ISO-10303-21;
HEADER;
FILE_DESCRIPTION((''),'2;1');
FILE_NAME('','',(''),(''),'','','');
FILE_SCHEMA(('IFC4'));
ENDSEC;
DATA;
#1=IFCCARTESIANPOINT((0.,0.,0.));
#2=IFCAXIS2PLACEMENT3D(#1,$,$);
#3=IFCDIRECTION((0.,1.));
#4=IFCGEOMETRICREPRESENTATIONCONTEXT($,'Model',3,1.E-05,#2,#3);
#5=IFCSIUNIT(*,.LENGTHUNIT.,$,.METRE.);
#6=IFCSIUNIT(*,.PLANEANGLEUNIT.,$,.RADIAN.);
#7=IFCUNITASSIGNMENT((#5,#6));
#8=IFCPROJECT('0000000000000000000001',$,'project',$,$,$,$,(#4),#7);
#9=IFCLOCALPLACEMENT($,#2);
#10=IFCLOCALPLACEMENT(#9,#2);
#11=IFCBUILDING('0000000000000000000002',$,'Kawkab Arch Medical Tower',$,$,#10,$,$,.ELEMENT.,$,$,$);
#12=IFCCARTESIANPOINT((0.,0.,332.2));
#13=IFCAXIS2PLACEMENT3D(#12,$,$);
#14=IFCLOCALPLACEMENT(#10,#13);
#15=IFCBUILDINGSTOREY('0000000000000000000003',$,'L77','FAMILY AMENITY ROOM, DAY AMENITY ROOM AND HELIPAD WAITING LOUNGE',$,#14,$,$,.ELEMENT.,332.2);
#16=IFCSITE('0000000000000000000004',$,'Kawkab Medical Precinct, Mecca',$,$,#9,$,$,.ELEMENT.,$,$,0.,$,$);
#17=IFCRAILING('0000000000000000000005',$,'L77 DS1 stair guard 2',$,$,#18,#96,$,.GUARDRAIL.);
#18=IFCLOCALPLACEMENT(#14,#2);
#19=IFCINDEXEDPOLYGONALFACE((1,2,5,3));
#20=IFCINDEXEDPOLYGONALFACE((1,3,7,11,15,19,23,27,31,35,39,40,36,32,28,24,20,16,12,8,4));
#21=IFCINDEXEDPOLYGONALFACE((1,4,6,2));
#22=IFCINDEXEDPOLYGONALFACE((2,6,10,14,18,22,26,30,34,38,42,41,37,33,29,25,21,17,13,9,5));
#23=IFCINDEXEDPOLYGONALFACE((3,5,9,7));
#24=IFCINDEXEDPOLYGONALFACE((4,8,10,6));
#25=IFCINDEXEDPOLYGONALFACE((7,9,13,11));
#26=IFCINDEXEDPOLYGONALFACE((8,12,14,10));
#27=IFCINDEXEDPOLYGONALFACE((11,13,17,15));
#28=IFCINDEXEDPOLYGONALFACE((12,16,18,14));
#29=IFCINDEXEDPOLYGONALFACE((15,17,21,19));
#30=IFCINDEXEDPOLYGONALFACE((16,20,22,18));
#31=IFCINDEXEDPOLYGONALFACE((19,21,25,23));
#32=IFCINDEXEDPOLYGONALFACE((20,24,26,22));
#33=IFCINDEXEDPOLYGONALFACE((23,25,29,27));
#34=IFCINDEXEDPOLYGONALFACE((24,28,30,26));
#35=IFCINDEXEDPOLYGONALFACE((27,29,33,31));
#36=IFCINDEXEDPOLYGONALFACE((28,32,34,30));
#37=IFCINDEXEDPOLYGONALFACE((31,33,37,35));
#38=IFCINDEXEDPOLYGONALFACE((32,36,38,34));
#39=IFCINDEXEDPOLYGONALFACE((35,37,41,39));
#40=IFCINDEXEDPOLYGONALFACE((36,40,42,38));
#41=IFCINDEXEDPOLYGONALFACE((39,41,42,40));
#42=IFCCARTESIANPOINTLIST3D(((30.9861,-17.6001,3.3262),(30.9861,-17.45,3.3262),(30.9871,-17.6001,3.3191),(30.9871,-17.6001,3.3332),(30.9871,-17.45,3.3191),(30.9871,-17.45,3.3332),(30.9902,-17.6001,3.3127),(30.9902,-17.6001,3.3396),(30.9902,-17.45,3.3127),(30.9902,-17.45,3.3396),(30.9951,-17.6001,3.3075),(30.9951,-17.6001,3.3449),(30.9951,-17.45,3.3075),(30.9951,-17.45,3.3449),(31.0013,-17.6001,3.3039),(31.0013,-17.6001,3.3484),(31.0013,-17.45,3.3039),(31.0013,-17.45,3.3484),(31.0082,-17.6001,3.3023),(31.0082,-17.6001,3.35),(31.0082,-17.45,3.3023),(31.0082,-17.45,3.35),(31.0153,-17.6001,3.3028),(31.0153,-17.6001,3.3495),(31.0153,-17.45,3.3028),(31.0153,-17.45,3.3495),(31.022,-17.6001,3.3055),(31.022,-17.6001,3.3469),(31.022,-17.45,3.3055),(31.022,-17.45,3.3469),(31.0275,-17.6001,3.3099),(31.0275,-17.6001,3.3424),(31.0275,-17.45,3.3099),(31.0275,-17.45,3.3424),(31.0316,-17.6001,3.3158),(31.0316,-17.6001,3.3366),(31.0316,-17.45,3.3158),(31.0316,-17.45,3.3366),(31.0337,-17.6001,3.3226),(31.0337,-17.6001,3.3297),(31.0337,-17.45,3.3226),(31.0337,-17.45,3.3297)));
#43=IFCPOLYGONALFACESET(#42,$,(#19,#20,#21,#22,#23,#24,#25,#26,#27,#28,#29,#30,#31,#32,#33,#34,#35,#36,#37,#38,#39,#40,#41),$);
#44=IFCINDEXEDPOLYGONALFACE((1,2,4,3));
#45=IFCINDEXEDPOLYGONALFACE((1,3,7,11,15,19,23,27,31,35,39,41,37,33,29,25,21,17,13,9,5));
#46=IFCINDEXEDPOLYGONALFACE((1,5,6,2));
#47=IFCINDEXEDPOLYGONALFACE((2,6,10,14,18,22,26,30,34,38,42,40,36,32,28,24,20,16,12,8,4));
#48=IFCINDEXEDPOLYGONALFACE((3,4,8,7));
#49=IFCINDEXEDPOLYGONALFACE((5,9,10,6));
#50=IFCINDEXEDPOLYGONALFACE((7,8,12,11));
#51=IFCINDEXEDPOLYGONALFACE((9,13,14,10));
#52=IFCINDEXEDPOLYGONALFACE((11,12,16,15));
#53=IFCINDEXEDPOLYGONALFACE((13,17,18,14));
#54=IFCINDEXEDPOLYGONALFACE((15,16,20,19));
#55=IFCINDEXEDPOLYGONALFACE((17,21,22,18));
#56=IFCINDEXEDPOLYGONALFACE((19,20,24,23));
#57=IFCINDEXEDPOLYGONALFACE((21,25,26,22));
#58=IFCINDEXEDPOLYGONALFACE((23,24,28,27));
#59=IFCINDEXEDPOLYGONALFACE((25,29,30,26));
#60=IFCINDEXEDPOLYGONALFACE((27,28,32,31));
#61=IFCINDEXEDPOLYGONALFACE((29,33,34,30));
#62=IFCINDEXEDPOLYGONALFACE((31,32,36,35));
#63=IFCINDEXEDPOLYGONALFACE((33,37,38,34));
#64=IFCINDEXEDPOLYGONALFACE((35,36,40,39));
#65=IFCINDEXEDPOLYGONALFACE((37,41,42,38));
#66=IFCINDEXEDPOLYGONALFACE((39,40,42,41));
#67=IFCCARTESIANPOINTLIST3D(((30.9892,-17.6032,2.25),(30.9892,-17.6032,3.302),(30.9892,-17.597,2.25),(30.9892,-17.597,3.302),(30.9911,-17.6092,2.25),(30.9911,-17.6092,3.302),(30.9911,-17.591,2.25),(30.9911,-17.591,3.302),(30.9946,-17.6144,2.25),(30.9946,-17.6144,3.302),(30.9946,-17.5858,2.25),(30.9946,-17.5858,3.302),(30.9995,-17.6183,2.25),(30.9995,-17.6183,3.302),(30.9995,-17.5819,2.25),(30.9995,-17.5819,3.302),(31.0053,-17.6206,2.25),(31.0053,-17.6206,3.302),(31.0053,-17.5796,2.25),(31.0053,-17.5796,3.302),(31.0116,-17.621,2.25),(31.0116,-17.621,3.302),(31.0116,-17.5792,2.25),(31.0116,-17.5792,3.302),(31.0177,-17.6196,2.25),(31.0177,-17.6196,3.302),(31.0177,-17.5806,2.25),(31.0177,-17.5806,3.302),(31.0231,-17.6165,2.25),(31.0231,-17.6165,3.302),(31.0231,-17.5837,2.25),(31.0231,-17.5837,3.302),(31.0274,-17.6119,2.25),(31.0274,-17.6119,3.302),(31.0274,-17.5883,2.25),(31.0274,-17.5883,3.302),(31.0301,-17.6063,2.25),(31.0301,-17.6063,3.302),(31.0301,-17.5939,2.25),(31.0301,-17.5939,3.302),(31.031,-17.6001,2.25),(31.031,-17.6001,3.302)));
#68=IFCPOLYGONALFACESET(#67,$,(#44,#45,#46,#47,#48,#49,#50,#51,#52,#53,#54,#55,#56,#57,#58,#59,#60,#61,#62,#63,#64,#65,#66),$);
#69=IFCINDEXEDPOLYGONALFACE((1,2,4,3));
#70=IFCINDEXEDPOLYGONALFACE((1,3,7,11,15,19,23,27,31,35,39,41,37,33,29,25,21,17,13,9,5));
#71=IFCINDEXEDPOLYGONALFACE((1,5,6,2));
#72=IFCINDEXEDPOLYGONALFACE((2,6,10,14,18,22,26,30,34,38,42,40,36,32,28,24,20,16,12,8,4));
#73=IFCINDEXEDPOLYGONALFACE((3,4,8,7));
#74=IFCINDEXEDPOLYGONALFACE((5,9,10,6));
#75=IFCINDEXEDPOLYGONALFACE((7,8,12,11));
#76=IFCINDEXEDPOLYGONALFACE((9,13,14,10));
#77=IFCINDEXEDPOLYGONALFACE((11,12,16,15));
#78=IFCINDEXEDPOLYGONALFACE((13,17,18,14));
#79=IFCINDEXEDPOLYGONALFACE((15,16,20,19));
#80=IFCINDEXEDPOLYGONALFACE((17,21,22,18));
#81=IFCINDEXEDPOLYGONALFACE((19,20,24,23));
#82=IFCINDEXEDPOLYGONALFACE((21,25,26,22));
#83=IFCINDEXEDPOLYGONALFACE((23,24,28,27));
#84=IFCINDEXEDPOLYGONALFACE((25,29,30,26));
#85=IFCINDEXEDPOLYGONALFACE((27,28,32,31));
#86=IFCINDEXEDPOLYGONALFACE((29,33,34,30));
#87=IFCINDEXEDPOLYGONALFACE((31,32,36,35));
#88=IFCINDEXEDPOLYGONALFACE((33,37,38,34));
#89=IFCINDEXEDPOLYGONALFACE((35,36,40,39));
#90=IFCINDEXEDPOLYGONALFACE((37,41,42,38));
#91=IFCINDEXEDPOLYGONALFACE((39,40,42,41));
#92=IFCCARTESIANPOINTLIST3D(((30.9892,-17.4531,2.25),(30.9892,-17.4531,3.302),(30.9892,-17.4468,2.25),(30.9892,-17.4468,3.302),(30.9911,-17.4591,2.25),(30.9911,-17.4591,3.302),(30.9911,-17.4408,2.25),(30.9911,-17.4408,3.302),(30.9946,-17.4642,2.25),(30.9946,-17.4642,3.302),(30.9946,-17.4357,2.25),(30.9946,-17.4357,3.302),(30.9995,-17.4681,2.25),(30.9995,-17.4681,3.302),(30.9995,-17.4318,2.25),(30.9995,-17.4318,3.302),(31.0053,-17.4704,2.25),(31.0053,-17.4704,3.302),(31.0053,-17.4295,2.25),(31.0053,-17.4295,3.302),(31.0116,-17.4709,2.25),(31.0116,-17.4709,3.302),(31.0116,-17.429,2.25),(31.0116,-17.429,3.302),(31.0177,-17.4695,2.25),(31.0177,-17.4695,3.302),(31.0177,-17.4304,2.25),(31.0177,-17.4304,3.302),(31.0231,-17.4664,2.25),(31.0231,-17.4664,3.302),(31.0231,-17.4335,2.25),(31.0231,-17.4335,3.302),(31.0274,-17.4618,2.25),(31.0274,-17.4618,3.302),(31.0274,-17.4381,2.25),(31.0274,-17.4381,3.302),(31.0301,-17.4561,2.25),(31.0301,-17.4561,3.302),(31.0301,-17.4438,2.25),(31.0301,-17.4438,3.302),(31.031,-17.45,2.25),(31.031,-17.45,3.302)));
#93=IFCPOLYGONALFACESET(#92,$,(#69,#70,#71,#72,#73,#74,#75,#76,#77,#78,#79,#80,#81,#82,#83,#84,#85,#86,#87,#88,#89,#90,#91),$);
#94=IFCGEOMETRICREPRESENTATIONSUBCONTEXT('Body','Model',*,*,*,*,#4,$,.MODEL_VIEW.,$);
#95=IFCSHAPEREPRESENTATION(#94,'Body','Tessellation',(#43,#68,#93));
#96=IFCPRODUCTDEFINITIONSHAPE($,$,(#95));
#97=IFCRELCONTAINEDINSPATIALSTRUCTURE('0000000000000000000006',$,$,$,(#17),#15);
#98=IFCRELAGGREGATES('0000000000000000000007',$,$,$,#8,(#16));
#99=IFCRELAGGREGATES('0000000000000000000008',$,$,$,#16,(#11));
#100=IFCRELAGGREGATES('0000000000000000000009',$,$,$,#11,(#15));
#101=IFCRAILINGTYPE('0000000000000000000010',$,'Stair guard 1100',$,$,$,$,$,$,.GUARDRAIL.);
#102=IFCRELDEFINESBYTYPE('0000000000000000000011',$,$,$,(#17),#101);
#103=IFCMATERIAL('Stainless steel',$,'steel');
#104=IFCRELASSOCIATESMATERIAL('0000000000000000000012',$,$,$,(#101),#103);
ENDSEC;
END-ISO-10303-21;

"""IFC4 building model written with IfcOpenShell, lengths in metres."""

from ifc_helpers import new_model, si_unit, direction, frame, origin, origin_2d, place, context, subcontext, project, spatial, circle, extrude, material, type_object, element, save


model = new_model("IFC4")

# Units and contexts
model_context = context("Model", 3, precision=1e-05, world=origin(), true_north=direction((0.0, 1.0)))
body_context = subcontext(model_context, "Body", "Model", "MODEL_VIEW")
ifc_project = project(units=[si_unit("LENGTHUNIT", "METRE"), si_unit("PLANEANGLEUNIT", "RADIAN")], contexts=[model_context])

# Site, building, storey
site_placement = place(None, origin())
site = spatial("IfcSite", under=ifc_project, at=site_placement, Name="Kawkab Medical Precinct, Mecca", CompositionType="ELEMENT", RefElevation=0.0)
building_placement = place(site_placement, origin())
building = spatial("IfcBuilding", under=site, at=building_placement, Name="Kawkab Arch Medical Tower", CompositionType="ELEMENT")
storey_placement = place(building_placement, frame((0.0, 0.0, 332.2)))
storey = spatial("IfcBuildingStorey", under=building, at=storey_placement, Name="L77", Description="FAMILY AMENITY ROOM, DAY AMENITY ROOM AND HELIPAD WAITING LOUNGE", CompositionType="ELEMENT", Elevation=332.2)

# Railing
ifc_material_1 = material(Name="Stainless steel", Category="steel")
railing_type = type_object("IfcRailingType", Name="Stair guard 1100", PredefinedType="GUARDRAIL", material=ifc_material_1)
railing_1_placement = place(storey_placement, frame((31.01, -17.6001, 2.25)))
element("IfcRailing", 1, at=railing_1_placement, inside=storey, type_object=railing_type, Name="L77 DS1 stair guard 2", PredefinedType="GUARDRAIL", context=body_context, shape_type="SweptSolid", body=[
    extrude(circle(Radius=0.0239, at=origin_2d()), frame((0.0, 0.0, 1.0762), z_axis=(0.0, 1.0, 0.0), x_axis=(-1.0, 0.0, 0.0)), (0.0, 0.0, 1.0), 0.1501),
    extrude(circle(Radius=0.021, at=origin_2d()), origin(), (0.0, 0.0, 1.0), 1.052),
    extrude(circle(Radius=0.021, at=origin_2d()), frame((0.0, 0.1501, 0.0)), (0.0, 0.0, 1.0), 1.052),
])

save(model, "model.ifc")
